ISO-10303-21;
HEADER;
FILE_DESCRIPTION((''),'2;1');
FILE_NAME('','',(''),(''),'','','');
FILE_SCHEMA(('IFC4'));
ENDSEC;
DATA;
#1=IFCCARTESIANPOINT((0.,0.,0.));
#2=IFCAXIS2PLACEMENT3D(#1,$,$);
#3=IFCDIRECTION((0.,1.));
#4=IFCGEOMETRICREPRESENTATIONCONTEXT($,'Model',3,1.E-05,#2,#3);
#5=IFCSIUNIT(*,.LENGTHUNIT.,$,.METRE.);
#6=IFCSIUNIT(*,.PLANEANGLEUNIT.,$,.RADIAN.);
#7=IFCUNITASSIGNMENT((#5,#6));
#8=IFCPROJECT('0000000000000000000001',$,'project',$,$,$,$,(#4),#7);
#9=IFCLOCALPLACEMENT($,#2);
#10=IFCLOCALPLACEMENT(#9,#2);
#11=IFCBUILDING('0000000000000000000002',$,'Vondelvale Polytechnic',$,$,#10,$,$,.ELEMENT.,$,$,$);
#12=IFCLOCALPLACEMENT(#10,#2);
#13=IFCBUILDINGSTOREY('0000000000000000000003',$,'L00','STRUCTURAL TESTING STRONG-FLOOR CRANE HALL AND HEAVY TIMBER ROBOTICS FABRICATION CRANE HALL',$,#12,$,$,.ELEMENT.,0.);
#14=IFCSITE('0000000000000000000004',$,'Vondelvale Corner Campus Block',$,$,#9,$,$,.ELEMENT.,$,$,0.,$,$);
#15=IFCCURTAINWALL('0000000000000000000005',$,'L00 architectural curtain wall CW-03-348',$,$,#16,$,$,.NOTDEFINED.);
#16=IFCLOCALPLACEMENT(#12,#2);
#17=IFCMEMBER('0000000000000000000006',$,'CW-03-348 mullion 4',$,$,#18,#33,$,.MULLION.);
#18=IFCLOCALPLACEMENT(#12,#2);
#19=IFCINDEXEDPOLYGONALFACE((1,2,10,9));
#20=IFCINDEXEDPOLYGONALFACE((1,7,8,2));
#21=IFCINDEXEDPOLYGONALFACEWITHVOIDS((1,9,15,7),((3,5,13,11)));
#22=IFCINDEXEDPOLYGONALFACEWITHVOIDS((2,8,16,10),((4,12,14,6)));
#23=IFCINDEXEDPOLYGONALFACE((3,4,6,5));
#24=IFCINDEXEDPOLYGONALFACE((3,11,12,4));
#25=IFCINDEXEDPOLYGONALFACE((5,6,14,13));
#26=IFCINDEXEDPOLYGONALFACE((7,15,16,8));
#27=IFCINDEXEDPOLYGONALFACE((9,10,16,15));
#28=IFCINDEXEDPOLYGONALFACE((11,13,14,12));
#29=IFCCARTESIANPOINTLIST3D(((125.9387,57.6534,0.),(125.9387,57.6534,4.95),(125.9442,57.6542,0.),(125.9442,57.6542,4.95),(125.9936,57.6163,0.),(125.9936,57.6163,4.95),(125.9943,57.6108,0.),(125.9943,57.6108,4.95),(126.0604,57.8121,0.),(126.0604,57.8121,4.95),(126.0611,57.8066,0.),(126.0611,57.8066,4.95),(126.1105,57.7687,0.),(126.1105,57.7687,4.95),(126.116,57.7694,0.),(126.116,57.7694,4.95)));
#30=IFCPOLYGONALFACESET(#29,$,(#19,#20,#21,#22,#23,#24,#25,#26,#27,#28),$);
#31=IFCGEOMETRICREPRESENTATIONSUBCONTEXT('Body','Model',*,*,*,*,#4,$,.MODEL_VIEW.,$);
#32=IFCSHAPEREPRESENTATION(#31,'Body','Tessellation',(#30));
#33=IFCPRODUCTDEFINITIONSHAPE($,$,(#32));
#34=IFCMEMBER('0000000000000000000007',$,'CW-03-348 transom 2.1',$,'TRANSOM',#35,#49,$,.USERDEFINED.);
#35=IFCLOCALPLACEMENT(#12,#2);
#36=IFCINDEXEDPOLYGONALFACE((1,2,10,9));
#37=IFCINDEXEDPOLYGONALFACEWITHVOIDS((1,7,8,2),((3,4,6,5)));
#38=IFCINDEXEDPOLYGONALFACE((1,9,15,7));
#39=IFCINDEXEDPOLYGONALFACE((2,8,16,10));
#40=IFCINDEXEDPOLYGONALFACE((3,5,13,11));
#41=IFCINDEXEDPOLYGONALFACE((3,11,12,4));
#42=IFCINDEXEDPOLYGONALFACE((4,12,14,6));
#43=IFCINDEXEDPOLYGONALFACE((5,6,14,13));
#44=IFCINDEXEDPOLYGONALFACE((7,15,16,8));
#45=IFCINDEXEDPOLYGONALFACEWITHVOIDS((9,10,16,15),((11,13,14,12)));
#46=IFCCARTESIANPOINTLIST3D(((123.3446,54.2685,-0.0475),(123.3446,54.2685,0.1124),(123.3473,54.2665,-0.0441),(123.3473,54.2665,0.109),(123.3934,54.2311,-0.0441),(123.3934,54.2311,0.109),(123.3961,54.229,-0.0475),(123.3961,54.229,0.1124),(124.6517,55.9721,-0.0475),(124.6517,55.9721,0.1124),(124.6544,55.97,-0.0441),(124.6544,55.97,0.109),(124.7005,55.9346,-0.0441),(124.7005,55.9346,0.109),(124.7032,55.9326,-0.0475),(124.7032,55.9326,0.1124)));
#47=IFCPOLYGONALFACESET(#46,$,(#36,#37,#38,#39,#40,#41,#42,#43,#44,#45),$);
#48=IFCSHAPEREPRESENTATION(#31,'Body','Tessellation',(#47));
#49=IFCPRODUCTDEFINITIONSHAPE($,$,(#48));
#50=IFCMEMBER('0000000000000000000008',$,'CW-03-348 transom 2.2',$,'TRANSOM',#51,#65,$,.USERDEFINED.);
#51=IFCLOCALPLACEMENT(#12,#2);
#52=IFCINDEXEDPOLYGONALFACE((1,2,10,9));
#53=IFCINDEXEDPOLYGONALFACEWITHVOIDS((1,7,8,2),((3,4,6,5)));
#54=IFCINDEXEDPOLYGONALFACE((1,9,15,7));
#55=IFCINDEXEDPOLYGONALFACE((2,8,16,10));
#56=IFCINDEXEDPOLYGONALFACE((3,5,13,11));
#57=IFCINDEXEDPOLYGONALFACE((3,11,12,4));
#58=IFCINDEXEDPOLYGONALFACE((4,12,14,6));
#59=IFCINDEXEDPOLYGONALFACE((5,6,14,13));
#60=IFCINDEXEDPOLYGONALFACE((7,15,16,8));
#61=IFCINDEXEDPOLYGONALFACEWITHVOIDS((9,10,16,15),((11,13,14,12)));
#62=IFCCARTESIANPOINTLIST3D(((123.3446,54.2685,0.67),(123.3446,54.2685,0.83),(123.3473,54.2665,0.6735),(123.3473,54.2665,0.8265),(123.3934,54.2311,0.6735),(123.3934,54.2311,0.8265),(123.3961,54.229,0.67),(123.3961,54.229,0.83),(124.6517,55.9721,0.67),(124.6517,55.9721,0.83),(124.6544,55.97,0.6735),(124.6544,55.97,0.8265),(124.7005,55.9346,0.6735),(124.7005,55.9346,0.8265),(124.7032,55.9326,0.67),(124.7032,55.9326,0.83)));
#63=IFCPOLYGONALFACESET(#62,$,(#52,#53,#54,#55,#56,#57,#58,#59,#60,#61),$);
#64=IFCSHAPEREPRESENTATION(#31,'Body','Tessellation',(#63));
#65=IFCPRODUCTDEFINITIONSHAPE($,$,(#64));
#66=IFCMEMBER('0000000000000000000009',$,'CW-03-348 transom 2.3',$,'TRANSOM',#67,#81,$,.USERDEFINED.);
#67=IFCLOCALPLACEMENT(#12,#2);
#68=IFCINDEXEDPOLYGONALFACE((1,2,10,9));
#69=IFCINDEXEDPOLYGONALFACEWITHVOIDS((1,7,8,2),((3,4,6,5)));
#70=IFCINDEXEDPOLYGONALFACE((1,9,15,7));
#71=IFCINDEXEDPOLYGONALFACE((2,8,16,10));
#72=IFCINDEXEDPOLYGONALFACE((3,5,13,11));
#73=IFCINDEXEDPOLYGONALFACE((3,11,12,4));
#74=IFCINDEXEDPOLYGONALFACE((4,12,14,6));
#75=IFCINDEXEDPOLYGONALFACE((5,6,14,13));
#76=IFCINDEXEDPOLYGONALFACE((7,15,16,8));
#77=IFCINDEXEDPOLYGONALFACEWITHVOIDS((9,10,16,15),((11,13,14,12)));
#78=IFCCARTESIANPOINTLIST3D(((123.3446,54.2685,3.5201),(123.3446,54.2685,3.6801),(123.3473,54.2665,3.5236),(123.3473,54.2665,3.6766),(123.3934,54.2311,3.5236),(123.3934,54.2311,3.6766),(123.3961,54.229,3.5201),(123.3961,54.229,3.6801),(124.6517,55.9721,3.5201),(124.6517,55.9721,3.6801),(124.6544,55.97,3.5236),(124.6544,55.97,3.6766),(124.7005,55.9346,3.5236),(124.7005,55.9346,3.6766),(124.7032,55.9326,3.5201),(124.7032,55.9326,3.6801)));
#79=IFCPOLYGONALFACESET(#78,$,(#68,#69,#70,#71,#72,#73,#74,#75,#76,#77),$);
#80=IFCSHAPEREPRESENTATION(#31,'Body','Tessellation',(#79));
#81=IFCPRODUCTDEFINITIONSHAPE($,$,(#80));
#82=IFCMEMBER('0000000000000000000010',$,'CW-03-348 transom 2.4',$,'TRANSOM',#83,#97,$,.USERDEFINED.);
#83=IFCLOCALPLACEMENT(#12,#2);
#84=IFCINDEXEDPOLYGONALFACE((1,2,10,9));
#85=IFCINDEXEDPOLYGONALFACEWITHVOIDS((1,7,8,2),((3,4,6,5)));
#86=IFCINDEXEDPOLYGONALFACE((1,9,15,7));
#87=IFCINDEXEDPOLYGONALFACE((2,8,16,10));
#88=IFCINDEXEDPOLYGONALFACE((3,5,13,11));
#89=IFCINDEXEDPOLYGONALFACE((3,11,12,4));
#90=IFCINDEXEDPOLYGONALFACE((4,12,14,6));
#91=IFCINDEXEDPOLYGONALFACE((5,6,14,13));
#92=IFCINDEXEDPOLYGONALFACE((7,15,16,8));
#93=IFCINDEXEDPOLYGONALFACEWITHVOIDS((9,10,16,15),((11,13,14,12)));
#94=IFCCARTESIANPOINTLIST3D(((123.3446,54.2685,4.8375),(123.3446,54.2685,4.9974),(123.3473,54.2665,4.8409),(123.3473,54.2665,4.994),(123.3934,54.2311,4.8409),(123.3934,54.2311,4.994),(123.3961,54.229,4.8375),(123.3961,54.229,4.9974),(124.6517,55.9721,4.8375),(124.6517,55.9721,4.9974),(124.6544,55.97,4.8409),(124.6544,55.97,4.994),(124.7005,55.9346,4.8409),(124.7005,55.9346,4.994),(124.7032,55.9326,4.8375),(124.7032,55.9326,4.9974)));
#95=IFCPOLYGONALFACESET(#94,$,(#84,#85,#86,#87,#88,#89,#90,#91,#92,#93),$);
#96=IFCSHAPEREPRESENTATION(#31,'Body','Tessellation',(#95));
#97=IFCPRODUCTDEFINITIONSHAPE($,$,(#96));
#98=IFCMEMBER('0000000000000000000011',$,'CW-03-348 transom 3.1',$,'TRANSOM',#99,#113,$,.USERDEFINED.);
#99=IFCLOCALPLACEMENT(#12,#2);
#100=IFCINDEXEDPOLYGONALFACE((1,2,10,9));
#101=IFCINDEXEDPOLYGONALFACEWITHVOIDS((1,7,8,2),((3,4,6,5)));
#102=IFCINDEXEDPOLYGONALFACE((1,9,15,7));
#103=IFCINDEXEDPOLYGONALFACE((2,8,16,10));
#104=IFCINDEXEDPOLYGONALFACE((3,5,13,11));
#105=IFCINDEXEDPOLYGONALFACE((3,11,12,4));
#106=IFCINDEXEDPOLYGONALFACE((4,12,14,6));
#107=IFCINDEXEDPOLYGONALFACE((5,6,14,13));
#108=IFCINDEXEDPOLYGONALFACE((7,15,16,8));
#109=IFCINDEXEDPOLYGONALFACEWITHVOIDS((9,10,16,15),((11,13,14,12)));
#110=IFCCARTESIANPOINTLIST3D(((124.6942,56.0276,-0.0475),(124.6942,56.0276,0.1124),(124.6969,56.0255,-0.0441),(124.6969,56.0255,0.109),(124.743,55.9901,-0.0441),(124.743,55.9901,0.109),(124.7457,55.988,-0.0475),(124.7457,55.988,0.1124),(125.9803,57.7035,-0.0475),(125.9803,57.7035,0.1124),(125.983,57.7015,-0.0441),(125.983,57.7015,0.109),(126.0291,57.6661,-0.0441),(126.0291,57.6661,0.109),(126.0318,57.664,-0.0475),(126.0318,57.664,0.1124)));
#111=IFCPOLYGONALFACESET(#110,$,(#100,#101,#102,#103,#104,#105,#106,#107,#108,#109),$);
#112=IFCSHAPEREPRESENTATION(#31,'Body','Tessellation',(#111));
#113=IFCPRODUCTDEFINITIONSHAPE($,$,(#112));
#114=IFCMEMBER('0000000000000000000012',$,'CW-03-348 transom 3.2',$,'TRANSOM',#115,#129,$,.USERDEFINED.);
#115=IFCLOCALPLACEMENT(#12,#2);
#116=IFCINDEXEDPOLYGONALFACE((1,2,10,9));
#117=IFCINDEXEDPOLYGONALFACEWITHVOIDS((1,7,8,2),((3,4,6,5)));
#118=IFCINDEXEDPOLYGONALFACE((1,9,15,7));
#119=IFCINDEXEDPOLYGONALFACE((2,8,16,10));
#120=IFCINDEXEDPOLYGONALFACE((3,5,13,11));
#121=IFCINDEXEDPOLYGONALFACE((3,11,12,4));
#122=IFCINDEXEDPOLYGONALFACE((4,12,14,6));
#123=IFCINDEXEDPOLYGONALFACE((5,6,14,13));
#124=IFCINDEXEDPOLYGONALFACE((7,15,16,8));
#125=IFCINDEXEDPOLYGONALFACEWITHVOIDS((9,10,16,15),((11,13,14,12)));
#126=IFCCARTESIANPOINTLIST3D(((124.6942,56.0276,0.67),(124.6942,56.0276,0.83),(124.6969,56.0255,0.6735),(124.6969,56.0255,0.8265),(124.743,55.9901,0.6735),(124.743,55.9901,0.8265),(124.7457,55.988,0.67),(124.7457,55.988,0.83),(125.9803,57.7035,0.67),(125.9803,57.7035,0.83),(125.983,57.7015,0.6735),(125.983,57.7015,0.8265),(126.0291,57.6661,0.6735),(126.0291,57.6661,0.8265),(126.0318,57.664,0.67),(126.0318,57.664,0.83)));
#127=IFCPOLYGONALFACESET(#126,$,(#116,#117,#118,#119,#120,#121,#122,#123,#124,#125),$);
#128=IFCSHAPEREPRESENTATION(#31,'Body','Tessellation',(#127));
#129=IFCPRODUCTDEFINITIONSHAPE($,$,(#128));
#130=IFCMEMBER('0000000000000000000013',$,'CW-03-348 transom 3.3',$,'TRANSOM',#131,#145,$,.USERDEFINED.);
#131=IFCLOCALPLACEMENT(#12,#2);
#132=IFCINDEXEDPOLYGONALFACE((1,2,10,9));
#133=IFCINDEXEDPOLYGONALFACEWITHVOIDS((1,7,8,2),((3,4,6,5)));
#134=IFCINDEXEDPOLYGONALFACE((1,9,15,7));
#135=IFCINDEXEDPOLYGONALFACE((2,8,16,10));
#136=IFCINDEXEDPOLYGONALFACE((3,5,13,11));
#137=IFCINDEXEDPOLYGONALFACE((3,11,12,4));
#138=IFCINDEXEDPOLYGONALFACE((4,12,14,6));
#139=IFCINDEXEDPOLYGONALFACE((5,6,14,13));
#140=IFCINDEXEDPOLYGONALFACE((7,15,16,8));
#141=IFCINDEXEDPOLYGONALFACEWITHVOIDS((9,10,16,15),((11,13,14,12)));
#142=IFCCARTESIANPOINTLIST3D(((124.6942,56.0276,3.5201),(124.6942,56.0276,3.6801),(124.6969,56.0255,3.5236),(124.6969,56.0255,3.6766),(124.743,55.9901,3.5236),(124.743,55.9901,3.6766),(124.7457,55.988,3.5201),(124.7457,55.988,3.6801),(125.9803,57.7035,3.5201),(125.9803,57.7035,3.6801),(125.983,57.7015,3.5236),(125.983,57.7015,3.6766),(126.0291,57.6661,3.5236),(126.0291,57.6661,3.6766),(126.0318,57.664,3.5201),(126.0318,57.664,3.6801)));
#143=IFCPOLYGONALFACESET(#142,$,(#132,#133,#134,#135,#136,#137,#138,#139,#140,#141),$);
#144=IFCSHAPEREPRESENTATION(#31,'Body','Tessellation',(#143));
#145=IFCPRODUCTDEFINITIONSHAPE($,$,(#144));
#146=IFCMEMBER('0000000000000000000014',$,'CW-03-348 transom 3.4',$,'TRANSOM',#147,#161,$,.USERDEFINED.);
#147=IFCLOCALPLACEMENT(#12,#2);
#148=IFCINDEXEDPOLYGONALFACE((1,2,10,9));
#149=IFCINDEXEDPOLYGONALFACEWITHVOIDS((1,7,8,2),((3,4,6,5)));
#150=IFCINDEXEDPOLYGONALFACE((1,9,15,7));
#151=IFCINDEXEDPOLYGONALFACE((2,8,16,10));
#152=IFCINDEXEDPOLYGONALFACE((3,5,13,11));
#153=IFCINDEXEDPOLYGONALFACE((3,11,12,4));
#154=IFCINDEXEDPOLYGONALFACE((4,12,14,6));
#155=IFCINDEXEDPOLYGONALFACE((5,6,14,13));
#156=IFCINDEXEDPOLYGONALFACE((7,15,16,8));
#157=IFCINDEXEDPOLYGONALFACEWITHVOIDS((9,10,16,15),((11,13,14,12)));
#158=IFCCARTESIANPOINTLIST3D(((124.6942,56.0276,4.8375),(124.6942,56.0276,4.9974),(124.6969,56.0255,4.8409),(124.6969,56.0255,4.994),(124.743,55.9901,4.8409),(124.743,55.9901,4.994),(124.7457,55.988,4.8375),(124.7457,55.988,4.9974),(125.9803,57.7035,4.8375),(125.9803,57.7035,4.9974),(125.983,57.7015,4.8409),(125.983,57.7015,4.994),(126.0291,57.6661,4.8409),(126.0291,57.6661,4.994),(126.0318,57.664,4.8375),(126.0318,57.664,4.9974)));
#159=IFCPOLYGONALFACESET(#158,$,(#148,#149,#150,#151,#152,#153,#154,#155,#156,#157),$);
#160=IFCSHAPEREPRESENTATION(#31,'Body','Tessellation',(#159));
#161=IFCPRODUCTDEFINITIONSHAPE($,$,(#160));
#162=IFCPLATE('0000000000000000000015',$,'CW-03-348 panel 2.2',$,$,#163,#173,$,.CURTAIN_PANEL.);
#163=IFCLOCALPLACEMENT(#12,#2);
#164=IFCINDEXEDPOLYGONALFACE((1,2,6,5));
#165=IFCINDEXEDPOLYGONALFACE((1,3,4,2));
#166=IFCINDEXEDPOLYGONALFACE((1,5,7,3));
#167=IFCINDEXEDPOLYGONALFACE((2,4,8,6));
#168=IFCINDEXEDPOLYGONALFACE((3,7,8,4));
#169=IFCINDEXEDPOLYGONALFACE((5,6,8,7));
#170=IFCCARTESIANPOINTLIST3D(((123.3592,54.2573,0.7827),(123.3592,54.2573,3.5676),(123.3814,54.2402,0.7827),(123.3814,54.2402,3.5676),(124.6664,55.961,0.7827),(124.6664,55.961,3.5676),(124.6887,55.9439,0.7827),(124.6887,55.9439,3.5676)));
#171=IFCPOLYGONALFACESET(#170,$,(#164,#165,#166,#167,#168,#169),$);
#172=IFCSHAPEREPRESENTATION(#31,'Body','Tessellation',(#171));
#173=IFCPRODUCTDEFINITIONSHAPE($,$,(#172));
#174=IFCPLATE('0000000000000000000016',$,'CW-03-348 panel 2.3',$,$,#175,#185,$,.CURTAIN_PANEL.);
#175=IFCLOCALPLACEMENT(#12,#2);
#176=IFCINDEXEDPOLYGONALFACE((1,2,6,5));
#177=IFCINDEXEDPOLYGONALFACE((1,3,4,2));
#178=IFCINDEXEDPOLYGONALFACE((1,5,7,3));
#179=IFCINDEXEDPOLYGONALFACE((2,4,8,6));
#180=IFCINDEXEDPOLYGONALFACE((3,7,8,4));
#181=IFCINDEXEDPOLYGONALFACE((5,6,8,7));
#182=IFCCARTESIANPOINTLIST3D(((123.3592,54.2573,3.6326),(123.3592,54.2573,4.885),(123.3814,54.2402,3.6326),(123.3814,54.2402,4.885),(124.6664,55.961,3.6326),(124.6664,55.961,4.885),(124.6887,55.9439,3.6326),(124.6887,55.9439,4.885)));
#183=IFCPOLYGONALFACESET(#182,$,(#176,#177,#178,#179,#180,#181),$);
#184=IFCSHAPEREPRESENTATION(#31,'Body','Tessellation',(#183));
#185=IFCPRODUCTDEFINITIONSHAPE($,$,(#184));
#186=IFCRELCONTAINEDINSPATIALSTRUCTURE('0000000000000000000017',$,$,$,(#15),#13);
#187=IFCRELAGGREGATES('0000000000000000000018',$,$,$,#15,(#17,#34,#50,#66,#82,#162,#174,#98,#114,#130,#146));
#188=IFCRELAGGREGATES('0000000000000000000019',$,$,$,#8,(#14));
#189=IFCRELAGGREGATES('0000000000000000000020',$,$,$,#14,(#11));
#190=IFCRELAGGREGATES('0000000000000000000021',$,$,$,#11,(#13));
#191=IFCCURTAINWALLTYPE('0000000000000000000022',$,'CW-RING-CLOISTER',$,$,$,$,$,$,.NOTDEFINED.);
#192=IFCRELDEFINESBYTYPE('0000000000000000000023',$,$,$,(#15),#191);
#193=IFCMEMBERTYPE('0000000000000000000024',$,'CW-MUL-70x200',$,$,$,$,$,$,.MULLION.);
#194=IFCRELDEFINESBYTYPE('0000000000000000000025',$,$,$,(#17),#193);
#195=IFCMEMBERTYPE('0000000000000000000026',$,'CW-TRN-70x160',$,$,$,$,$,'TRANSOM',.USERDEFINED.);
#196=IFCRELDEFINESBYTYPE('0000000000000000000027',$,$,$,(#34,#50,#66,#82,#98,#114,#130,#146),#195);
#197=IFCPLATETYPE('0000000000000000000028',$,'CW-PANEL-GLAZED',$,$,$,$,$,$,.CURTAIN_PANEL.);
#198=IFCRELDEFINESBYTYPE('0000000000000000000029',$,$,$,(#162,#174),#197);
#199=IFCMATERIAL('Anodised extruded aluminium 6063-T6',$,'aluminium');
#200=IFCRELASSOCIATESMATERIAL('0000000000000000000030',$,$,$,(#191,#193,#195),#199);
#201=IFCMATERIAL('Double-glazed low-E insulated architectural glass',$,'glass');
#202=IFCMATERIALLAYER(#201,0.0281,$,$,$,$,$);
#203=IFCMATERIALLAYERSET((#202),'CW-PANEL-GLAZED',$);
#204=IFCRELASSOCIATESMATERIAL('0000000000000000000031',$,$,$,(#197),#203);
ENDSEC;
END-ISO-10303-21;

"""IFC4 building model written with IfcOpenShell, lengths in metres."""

from ifc_helpers import new_model, si_unit, direction, frame, origin, origin_2d, place, context, subcontext, project, spatial, rectangle, hollow_rectangle, extrude, material, layer, layer_set, material_profile, profile_set, type_object, element, aggregate, save


model = new_model("IFC4")

# Units and contexts
model_context = context("Model", 3, precision=1e-05, world=origin(), true_north=direction((0.0, 1.0)))
body_context = subcontext(model_context, "Body", "Model", "MODEL_VIEW")
ifc_project = project(units=[si_unit("LENGTHUNIT", "METRE"), si_unit("PLANEANGLEUNIT", "RADIAN")], contexts=[model_context])

# Site, building, storey
site_placement = place(None, origin())
site = spatial("IfcSite", under=ifc_project, at=site_placement, Name="Vondelvale Corner Campus Block", CompositionType="ELEMENT", RefElevation=0.0)
building_placement = place(site_placement, origin())
building = spatial("IfcBuilding", under=site, at=building_placement, Name="Vondelvale Polytechnic", CompositionType="ELEMENT")
storey_placement = place(building_placement, origin())
storey = spatial("IfcBuildingStorey", under=building, at=storey_placement, Name="L00", Description="STRUCTURAL TESTING STRONG-FLOOR CRANE HALL AND HEAVY TIMBER ROBOTICS FABRICATION CRANE HALL", CompositionType="ELEMENT", Elevation=0.0)

# Curtain wall, members, plates
ifc_material_1 = material(Name="Anodised extruded aluminium 6063-T6", Category="aluminium")
curtain_wall_type = type_object("IfcCurtainWallType", Name="CW-RING-CLOISTER", PredefinedType="NOTDEFINED", material=ifc_material_1)
curtain_wall_placement = place(storey_placement, origin())
curtain_wall = element("IfcCurtainWall", 1, at=curtain_wall_placement, inside=storey, type_object=curtain_wall_type, Name="L00 architectural curtain wall CW-03-348", PredefinedType="NOTDEFINED")
ifc_material_profile_1 = material_profile(ifc_material_1, hollow_rectangle(XDim=0.0701, YDim=0.2, WallThickness=0.0039, at=origin_2d()), Name="CW-MUL-200x70")
ifc_profile_set_1 = profile_set([ifc_material_profile_1], Name="Anodised extruded aluminium 6063-T6")
member_type_1 = type_object("IfcMemberType", Name="CW-MUL-70x200", PredefinedType="MULLION", material=ifc_profile_set_1)
member_1_placement = place(storey_placement, frame((126.0273, 57.7114, 0.0), z_axis=(0.0, 0.0, 1.0), x_axis=(-0.793364, 0.608748, 0.0)))
member_1 = element("IfcMember", 2, at=member_1_placement, type_object=member_type_1, Name="CW-03-348 mullion 4", PredefinedType="MULLION", context=body_context, shape_type="SweptSolid", body=[
    extrude(hollow_rectangle(XDim=0.0701, YDim=0.2, WallThickness=0.0039, at=origin_2d()), origin(), (0.0, 0.0, 1.0), 4.95),
])
ifc_material_profile_2 = material_profile(ifc_material_1, hollow_rectangle(XDim=0.0649, YDim=0.1599, WallThickness=0.0034, at=origin_2d()), Name="CW-TRN-160x65")
ifc_profile_set_2 = profile_set([ifc_material_profile_2], Name="Anodised extruded aluminium 6063-T6")
member_type_2 = type_object("IfcMemberType", Name="CW-TRN-70x160", ElementType="TRANSOM", PredefinedType="USERDEFINED", material=ifc_profile_set_2)
member_2_placement = place(storey_placement, frame((123.3704, 54.2488, 0.0325), z_axis=(0.608732, 0.793376, 0.0), x_axis=(-0.793376, 0.608732, 0.0)))
member_2 = element("IfcMember", 3, at=member_2_placement, type_object=member_type_2, Name="CW-03-348 transom 2.1", ObjectType="TRANSOM", PredefinedType="USERDEFINED", context=body_context, shape_type="SweptSolid", body=[
    extrude(hollow_rectangle(XDim=0.0649, YDim=0.1599, WallThickness=0.0034, at=origin_2d()), origin(), (0.0, 0.0, 1.0), 2.1472),
])
member_3_placement = place(storey_placement, frame((123.3704, 54.2488, 0.75), z_axis=(0.608732, 0.793376, 0.0), x_axis=(-0.793376, 0.608732, 0.0)))
member_3 = element("IfcMember", 4, at=member_3_placement, type_object=member_type_2, Name="CW-03-348 transom 2.2", ObjectType="TRANSOM", PredefinedType="USERDEFINED", context=body_context, shape_type="SweptSolid", body=[
    extrude(hollow_rectangle(XDim=0.0649, YDim=0.1599, WallThickness=0.0034, at=origin_2d()), origin(), (0.0, 0.0, 1.0), 2.1472),
])
member_4_placement = place(storey_placement, frame((123.3704, 54.2488, 3.6001), z_axis=(0.608732, 0.793376, 0.0), x_axis=(-0.793376, 0.608732, 0.0)))
member_4 = element("IfcMember", 5, at=member_4_placement, type_object=member_type_2, Name="CW-03-348 transom 2.3", ObjectType="TRANSOM", PredefinedType="USERDEFINED", context=body_context, shape_type="SweptSolid", body=[
    extrude(hollow_rectangle(XDim=0.0649, YDim=0.1599, WallThickness=0.0034, at=origin_2d()), origin(), (0.0, 0.0, 1.0), 2.1472),
])
member_5_placement = place(storey_placement, frame((123.3704, 54.2488, 4.9175), z_axis=(0.608732, 0.793376, 0.0), x_axis=(-0.793376, 0.608732, 0.0)))
member_5 = element("IfcMember", 6, at=member_5_placement, type_object=member_type_2, Name="CW-03-348 transom 2.4", ObjectType="TRANSOM", PredefinedType="USERDEFINED", context=body_context, shape_type="SweptSolid", body=[
    extrude(hollow_rectangle(XDim=0.0649, YDim=0.1599, WallThickness=0.0034, at=origin_2d()), origin(), (0.0, 0.0, 1.0), 2.1472),
])
member_6_placement = place(storey_placement, frame((124.72, 56.0078, 0.0325), z_axis=(0.608783, 0.793337, 0.0), x_axis=(-0.793337, 0.608783, 0.0)))
member_6 = element("IfcMember", 7, at=member_6_placement, type_object=member_type_2, Name="CW-03-348 transom 3.1", ObjectType="TRANSOM", PredefinedType="USERDEFINED", context=body_context, shape_type="SweptSolid", body=[
    extrude(hollow_rectangle(XDim=0.0649, YDim=0.1599, WallThickness=0.0034, at=origin_2d()), origin(), (0.0, 0.0, 1.0), 2.1125),
])
member_7_placement = place(storey_placement, frame((124.72, 56.0078, 0.75), z_axis=(0.608783, 0.793337, 0.0), x_axis=(-0.793337, 0.608783, 0.0)))
member_7 = element("IfcMember", 8, at=member_7_placement, type_object=member_type_2, Name="CW-03-348 transom 3.2", ObjectType="TRANSOM", PredefinedType="USERDEFINED", context=body_context, shape_type="SweptSolid", body=[
    extrude(hollow_rectangle(XDim=0.0649, YDim=0.1599, WallThickness=0.0034, at=origin_2d()), origin(), (0.0, 0.0, 1.0), 2.1125),
])
member_8_placement = place(storey_placement, frame((124.72, 56.0078, 3.6001), z_axis=(0.608783, 0.793337, 0.0), x_axis=(-0.793337, 0.608783, 0.0)))
member_8 = element("IfcMember", 9, at=member_8_placement, type_object=member_type_2, Name="CW-03-348 transom 3.3", ObjectType="TRANSOM", PredefinedType="USERDEFINED", context=body_context, shape_type="SweptSolid", body=[
    extrude(hollow_rectangle(XDim=0.0649, YDim=0.1599, WallThickness=0.0034, at=origin_2d()), origin(), (0.0, 0.0, 1.0), 2.1125),
])
member_9_placement = place(storey_placement, frame((124.72, 56.0078, 4.9175), z_axis=(0.608783, 0.793337, 0.0), x_axis=(-0.793337, 0.608783, 0.0)))
member_9 = element("IfcMember", 10, at=member_9_placement, type_object=member_type_2, Name="CW-03-348 transom 3.4", ObjectType="TRANSOM", PredefinedType="USERDEFINED", context=body_context, shape_type="SweptSolid", body=[
    extrude(hollow_rectangle(XDim=0.0649, YDim=0.1599, WallThickness=0.0034, at=origin_2d()), origin(), (0.0, 0.0, 1.0), 2.1125),
])
ifc_material_2 = material(Name="Double-glazed low-E insulated architectural glass", Category="glass")
ifc_layer_1 = layer(ifc_material_2, 0.0281)
ifc_layer_set_1 = layer_set([ifc_layer_1], Name="CW-PANEL-GLAZED")
plate_type_1 = type_object("IfcPlateType", Name="CW-PANEL-GLAZED", PredefinedType="CURTAIN_PANEL", material=ifc_layer_set_1)
plate_1_placement = place(storey_placement, frame((124.0239, 55.1006, 0.7827), z_axis=(0.0, 0.0, 1.0), x_axis=(0.608748, 0.793364, 0.0)))
plate_1 = element("IfcPlate", 11, at=plate_1_placement, type_object=plate_type_1, Name="CW-03-348 panel 2.2", PredefinedType="CURTAIN_PANEL", context=body_context, shape_type="SweptSolid", body=[
    extrude(rectangle(XDim=2.1475, YDim=0.0281, at=origin_2d()), origin(), (0.0, 0.0, 1.0), 2.7849),
])
plate_2_placement = place(storey_placement, frame((124.0239, 55.1006, 3.6326), z_axis=(0.0, 0.0, 1.0), x_axis=(0.608748, 0.793364, 0.0)))
plate_2 = element("IfcPlate", 12, at=plate_2_placement, type_object=plate_type_1, Name="CW-03-348 panel 2.3", PredefinedType="CURTAIN_PANEL", context=body_context, shape_type="SweptSolid", body=[
    extrude(rectangle(XDim=2.1475, YDim=0.0281, at=origin_2d()), origin(), (0.0, 0.0, 1.0), 1.2524),
])
aggregate(curtain_wall, [member_1, member_2, member_3, member_4, member_5, plate_1, plate_2, member_6, member_7, member_8, member_9])

save(model, "model.ifc")
